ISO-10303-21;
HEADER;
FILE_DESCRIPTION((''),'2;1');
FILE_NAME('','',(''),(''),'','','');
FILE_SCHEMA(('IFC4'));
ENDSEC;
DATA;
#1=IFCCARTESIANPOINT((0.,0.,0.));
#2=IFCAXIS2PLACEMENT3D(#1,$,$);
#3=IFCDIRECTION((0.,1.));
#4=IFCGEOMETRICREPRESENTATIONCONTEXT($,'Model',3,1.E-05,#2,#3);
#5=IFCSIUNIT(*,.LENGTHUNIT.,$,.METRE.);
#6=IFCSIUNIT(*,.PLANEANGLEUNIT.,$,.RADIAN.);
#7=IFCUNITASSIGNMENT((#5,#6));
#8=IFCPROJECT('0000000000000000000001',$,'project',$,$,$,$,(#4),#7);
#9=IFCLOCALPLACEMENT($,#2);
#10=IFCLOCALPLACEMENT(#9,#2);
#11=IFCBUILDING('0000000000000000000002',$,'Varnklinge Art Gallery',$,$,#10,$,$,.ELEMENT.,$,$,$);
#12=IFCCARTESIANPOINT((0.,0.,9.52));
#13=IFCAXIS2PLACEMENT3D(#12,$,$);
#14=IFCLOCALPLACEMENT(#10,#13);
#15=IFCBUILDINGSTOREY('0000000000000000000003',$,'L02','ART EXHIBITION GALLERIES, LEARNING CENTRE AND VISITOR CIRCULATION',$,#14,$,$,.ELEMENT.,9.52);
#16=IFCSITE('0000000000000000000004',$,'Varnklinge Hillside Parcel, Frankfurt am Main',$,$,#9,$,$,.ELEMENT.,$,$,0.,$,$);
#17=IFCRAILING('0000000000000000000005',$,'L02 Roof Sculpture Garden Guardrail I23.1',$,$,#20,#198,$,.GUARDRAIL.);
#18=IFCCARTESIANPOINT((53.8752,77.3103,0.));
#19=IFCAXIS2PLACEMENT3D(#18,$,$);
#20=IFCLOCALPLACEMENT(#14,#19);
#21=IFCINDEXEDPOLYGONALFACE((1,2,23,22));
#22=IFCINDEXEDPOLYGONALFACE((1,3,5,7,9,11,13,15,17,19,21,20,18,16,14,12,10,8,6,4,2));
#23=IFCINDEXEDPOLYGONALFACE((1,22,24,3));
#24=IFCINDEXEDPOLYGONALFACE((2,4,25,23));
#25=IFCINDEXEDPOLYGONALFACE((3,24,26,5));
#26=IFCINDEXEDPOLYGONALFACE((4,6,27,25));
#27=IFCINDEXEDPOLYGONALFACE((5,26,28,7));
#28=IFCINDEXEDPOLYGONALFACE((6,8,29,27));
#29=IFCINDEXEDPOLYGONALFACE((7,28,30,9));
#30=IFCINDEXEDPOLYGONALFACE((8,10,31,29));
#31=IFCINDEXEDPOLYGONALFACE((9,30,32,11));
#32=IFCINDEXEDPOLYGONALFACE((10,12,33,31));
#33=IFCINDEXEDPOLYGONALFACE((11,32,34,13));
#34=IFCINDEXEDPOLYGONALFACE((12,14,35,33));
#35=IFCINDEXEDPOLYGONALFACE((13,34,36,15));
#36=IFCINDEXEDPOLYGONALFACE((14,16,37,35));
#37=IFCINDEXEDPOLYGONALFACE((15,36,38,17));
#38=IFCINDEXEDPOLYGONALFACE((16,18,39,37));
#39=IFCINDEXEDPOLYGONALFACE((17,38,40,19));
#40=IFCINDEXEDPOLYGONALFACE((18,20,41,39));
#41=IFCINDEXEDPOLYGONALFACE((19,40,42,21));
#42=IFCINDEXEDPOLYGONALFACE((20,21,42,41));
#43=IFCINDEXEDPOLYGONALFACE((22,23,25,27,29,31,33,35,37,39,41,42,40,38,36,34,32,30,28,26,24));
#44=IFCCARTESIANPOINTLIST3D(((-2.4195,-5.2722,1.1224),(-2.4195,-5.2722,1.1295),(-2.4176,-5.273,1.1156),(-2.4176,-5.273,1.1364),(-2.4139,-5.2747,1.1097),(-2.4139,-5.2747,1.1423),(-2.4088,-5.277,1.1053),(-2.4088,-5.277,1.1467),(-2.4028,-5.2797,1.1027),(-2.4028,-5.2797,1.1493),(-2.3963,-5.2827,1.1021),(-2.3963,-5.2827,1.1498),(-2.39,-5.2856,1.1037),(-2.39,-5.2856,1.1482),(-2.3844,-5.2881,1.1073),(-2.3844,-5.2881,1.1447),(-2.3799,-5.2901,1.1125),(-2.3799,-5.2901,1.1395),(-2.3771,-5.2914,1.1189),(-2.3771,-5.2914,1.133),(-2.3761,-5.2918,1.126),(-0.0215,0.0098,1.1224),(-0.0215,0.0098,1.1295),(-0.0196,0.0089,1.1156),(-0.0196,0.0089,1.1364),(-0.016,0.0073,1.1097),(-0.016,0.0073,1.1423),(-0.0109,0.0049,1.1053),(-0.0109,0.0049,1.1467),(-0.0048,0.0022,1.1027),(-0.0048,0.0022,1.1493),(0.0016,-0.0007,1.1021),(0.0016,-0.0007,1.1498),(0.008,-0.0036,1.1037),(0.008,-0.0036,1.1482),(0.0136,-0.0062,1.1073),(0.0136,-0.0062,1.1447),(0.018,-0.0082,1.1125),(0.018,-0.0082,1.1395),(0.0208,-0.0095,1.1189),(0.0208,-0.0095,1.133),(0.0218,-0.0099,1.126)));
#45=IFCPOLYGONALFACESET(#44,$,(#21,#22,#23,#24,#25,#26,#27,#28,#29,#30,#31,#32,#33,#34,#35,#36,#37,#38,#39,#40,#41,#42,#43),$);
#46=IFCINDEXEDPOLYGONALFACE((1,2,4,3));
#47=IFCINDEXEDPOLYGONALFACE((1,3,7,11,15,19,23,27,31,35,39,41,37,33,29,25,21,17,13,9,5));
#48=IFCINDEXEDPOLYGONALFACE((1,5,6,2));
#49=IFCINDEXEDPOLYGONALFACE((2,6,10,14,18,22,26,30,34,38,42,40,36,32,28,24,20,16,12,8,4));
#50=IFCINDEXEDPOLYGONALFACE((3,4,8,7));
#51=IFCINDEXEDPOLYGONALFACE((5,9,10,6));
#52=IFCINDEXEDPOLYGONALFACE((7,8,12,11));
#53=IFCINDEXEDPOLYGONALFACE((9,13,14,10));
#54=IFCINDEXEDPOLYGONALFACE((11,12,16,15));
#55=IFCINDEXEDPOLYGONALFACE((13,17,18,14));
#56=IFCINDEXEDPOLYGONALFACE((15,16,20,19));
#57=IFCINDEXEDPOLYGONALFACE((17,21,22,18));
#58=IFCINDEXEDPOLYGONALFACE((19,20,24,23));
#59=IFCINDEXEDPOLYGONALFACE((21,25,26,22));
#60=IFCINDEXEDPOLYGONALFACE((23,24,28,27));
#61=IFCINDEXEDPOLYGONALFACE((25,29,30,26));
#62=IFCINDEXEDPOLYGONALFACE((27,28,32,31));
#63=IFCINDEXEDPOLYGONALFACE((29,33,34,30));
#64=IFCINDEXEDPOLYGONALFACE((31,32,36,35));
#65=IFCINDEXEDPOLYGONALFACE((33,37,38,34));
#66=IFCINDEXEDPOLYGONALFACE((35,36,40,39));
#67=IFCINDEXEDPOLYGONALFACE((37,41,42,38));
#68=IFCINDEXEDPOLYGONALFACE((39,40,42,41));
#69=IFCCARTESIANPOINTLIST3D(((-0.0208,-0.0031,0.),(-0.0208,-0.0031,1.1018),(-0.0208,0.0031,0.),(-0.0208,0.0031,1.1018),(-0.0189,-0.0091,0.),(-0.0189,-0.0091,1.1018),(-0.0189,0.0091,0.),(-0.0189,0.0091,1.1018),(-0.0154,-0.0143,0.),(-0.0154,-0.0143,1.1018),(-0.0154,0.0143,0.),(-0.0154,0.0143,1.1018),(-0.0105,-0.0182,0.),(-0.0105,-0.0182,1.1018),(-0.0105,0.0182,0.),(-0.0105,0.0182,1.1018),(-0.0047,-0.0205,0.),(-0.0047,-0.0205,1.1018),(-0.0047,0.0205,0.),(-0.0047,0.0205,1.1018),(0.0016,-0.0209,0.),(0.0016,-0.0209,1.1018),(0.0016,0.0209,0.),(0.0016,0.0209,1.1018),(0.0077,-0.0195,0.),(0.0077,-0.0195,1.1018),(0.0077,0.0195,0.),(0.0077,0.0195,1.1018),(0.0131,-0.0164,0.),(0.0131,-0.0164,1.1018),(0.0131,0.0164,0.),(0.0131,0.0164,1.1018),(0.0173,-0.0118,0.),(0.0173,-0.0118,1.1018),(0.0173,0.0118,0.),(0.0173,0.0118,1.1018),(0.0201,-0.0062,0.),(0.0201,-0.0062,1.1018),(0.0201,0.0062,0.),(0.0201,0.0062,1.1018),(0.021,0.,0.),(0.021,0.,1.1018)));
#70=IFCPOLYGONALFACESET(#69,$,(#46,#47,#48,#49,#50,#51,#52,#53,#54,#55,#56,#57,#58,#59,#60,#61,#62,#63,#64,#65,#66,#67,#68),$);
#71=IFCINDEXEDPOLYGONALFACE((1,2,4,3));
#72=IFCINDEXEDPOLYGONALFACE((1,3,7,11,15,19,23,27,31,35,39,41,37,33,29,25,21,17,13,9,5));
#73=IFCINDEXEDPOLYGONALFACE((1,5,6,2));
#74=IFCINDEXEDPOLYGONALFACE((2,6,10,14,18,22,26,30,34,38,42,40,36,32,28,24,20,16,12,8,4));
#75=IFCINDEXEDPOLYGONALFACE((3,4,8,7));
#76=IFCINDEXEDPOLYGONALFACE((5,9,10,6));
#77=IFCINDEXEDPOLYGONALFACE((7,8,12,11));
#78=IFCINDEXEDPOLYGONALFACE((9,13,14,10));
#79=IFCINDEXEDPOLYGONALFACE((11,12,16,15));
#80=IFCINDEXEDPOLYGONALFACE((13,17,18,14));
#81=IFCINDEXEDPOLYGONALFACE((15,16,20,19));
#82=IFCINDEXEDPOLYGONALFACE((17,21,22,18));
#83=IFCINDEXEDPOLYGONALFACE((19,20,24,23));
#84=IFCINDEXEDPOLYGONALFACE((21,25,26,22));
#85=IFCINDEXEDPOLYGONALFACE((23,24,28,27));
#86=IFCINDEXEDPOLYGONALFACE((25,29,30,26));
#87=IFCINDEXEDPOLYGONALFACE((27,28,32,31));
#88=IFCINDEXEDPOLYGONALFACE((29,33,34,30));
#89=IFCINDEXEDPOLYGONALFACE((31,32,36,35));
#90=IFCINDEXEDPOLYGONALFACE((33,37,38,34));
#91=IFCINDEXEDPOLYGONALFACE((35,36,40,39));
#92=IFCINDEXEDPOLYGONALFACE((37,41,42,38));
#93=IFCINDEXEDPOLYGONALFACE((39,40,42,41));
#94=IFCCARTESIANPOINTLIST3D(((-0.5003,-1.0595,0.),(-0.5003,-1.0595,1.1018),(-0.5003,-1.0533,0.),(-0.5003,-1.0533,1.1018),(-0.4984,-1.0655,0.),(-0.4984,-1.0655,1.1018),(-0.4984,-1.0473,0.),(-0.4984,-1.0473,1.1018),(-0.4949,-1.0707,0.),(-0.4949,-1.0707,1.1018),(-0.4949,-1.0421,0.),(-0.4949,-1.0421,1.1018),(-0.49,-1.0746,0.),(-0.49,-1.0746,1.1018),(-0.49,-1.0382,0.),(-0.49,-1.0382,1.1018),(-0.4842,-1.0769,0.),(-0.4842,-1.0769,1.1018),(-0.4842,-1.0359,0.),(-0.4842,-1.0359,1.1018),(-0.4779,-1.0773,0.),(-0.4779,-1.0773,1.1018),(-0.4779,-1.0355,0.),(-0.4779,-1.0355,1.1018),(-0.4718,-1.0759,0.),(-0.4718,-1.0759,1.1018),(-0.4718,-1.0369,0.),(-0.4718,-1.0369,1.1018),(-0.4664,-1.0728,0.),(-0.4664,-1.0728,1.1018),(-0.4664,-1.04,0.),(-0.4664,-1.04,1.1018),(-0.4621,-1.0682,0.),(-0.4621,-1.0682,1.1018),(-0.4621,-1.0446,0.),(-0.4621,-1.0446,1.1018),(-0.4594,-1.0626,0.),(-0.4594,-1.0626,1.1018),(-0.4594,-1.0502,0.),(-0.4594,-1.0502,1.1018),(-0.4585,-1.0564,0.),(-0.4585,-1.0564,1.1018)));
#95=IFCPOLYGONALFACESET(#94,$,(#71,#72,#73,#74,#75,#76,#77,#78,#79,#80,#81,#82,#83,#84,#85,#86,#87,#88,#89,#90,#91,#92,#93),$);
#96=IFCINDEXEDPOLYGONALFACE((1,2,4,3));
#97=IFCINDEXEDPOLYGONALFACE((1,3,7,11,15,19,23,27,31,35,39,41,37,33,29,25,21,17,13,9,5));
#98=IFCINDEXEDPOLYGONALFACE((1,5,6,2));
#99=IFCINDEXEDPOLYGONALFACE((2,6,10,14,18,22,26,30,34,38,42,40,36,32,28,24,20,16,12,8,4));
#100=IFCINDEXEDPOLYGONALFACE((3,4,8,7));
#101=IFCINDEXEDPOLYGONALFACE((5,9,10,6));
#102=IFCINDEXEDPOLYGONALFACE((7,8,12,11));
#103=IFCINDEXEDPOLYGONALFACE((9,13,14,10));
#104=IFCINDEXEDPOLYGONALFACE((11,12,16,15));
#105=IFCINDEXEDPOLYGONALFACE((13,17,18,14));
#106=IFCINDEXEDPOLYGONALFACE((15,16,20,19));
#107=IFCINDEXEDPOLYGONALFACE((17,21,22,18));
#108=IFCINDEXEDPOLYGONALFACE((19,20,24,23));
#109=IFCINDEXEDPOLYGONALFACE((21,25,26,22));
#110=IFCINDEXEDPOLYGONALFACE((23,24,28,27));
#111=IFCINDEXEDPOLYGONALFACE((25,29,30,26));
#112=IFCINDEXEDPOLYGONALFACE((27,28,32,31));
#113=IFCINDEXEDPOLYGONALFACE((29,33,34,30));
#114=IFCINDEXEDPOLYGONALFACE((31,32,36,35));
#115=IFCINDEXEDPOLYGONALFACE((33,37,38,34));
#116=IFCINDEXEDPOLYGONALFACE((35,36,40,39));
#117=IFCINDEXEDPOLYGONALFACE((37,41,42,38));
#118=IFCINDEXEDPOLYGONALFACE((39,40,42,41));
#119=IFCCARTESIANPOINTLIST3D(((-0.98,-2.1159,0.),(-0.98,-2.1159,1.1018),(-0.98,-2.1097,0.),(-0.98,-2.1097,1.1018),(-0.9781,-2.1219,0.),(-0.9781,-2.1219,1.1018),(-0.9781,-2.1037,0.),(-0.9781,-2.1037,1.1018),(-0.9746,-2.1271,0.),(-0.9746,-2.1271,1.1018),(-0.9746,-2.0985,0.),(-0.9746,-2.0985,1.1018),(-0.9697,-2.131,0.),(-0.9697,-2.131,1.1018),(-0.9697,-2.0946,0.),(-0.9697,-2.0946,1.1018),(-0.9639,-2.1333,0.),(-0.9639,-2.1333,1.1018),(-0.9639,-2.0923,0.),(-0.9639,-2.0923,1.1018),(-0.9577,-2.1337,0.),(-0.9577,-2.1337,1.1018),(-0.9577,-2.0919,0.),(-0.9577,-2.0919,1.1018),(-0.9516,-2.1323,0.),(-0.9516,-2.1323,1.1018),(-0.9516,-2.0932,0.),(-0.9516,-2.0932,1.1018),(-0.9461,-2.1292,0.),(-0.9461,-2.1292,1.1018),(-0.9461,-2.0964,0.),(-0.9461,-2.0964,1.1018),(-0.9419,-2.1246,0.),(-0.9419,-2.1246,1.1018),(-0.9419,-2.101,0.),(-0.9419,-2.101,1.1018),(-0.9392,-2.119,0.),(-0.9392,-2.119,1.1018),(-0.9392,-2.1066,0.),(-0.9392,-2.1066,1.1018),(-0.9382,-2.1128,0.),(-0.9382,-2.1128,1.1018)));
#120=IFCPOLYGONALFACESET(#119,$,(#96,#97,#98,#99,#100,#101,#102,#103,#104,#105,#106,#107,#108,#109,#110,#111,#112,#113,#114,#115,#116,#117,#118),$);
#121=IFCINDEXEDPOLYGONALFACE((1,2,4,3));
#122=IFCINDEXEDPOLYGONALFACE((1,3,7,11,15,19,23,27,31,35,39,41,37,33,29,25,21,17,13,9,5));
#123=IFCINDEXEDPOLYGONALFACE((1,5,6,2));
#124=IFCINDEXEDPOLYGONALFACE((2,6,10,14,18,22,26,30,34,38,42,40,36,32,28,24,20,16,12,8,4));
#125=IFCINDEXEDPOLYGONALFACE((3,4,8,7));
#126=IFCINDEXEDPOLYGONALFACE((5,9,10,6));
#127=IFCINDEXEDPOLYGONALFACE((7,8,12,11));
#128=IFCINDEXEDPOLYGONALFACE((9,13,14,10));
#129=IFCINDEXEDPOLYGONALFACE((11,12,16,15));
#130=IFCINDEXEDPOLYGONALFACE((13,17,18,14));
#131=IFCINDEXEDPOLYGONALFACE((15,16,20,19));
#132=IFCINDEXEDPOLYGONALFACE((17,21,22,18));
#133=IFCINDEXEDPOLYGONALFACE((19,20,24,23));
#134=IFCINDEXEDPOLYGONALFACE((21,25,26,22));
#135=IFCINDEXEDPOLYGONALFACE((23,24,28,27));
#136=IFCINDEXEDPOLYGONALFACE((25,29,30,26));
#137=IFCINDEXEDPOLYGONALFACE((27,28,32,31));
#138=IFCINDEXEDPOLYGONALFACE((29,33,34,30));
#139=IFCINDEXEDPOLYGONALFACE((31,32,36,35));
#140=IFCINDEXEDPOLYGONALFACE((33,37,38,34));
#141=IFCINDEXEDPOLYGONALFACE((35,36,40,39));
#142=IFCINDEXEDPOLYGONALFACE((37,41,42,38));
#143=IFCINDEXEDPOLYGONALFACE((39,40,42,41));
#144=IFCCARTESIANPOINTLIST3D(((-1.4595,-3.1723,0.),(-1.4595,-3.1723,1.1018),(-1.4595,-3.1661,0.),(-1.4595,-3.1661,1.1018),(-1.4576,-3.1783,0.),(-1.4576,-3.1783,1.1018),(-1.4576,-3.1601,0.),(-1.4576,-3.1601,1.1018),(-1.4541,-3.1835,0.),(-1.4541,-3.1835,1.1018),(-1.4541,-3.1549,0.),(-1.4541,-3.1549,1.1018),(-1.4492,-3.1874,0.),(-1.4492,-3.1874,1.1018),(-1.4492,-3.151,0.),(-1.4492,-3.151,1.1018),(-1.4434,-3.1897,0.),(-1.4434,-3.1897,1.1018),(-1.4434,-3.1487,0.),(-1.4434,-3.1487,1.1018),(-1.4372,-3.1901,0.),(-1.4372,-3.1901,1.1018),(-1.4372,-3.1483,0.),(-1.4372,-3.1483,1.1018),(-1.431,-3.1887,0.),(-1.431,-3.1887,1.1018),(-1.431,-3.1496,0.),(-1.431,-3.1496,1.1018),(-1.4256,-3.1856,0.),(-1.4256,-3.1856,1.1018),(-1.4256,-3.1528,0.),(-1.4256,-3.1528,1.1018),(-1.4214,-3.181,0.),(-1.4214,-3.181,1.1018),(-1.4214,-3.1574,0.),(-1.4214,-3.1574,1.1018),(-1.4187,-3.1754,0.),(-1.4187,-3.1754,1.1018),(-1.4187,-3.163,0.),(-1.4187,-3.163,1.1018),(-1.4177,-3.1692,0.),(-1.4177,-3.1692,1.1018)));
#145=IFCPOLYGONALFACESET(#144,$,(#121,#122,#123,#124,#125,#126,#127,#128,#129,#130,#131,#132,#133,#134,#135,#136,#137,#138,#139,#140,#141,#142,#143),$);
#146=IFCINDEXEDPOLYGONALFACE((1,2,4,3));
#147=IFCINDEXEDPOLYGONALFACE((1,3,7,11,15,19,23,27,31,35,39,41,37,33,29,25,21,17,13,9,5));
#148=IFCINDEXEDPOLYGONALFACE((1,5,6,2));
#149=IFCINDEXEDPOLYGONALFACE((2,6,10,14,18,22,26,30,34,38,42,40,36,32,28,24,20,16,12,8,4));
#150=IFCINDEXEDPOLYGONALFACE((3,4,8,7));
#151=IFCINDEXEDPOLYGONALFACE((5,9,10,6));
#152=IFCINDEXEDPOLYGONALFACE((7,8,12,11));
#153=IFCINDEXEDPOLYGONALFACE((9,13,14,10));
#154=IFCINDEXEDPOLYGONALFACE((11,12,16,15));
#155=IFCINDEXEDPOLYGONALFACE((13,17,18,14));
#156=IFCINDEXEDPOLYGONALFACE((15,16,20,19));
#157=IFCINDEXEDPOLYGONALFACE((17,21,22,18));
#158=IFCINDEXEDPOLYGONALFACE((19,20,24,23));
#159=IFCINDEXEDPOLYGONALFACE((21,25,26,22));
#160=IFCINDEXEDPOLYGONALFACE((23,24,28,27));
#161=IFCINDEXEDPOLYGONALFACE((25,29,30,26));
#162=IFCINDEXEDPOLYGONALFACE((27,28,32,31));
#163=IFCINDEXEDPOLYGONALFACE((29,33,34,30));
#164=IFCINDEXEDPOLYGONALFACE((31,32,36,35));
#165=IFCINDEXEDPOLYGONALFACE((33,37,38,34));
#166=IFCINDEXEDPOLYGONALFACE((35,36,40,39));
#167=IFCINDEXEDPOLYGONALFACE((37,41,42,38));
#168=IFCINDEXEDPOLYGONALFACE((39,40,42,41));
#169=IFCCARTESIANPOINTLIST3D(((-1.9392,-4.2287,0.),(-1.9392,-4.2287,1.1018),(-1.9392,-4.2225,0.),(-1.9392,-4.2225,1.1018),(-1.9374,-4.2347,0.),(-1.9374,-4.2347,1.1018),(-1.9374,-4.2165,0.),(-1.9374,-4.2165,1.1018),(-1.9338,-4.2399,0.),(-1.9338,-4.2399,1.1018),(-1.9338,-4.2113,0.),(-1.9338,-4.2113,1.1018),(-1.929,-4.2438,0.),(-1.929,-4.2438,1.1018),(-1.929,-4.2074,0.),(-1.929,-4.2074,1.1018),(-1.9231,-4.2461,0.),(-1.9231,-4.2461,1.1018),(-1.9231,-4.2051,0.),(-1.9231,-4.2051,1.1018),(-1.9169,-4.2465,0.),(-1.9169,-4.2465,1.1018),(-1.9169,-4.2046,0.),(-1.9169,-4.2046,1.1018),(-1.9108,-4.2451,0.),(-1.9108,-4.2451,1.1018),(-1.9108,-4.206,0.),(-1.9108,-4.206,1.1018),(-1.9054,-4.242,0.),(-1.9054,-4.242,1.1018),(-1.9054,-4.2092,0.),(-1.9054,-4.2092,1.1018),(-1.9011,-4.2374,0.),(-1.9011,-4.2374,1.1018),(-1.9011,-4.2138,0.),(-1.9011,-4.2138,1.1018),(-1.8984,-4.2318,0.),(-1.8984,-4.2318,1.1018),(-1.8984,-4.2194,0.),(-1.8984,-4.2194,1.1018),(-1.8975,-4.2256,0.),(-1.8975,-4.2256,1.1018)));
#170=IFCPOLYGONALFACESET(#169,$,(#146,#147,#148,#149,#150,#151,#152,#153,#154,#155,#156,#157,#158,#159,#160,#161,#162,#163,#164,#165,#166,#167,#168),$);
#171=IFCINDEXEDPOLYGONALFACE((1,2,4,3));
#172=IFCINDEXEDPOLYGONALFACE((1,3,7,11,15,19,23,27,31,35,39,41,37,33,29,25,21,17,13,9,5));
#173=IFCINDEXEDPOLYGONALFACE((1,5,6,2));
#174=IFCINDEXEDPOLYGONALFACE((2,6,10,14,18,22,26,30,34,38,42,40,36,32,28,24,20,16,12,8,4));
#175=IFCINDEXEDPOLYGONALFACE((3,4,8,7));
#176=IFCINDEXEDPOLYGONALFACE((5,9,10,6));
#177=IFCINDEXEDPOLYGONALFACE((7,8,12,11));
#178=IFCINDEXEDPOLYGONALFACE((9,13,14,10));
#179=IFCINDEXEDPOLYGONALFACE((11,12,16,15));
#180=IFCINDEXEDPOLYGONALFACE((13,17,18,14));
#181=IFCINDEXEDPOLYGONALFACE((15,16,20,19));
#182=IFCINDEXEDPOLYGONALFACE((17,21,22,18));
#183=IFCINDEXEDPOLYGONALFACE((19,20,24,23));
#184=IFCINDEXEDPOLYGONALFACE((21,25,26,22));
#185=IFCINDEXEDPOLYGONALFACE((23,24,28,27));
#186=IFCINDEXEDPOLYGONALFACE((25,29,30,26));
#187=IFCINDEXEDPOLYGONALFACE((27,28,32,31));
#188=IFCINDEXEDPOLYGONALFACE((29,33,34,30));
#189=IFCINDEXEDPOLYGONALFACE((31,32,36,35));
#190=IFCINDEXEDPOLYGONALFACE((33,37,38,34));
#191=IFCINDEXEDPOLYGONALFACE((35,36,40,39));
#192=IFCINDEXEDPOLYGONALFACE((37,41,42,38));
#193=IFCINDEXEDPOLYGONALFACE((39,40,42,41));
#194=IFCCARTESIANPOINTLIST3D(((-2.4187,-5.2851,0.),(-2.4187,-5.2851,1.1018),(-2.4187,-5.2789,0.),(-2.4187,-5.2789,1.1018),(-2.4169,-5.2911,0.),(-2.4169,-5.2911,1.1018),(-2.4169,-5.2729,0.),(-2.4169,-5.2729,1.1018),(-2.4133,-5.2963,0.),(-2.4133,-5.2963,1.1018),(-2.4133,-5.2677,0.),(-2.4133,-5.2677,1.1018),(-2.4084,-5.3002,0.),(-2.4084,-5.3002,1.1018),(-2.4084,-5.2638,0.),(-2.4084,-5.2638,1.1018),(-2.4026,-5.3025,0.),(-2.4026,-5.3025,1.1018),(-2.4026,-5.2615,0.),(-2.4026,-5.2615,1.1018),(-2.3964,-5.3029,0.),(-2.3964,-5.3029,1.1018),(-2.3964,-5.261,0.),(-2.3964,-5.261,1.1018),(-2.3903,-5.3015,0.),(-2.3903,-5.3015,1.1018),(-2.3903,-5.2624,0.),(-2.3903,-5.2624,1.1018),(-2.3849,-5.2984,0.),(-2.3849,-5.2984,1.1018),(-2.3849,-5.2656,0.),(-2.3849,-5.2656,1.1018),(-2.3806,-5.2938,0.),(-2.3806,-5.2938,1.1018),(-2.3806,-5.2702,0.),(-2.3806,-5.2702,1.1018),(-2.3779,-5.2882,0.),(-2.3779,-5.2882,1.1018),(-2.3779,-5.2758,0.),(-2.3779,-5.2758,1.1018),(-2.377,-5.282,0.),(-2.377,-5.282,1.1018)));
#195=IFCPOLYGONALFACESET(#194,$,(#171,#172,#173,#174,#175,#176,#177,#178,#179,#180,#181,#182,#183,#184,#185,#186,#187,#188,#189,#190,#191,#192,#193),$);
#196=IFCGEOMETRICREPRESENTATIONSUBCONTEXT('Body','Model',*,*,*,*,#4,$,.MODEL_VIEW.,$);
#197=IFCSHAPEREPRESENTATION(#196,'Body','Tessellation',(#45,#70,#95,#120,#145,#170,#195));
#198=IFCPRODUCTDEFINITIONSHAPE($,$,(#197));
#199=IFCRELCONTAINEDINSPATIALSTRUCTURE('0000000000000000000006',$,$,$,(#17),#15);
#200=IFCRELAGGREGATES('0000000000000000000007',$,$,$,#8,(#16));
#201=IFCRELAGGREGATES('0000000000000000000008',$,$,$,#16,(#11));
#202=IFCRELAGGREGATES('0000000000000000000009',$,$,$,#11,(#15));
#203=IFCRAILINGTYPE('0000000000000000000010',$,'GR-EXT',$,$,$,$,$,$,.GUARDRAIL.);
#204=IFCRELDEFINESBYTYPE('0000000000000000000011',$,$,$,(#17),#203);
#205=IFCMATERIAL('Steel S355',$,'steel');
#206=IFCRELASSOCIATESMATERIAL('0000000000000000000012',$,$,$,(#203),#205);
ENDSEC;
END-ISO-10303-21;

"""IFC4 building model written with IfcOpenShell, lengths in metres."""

from ifc_helpers import new_model, si_unit, direction, frame, origin, origin_2d, place, context, subcontext, project, spatial, circle, extrude, material, type_object, element, save


model = new_model("IFC4")

# Units and contexts
model_context = context("Model", 3, precision=1e-05, world=origin(), true_north=direction((0.0, 1.0)))
body_context = subcontext(model_context, "Body", "Model", "MODEL_VIEW")
ifc_project = project(units=[si_unit("LENGTHUNIT", "METRE"), si_unit("PLANEANGLEUNIT", "RADIAN")], contexts=[model_context])

# Site, building, storey
site_placement = place(None, origin())
site = spatial("IfcSite", under=ifc_project, at=site_placement, Name="Varnklinge Hillside Parcel, Frankfurt am Main", CompositionType="ELEMENT", RefElevation=0.0)
building_placement = place(site_placement, origin())
building = spatial("IfcBuilding", under=site, at=building_placement, Name="Varnklinge Art Gallery", CompositionType="ELEMENT")
storey_placement = place(building_placement, frame((0.0, 0.0, 9.52)))
storey = spatial("IfcBuildingStorey", under=building, at=storey_placement, Name="L02", Description="ART EXHIBITION GALLERIES, LEARNING CENTRE AND VISITOR CIRCULATION", CompositionType="ELEMENT", Elevation=9.52)

# Railing
ifc_material_1 = material(Name="Steel S355", Category="steel")
railing_type = type_object("IfcRailingType", Name="GR-EXT", PredefinedType="GUARDRAIL", material=ifc_material_1)
railing_placement = place(storey_placement, frame((53.8752, 77.3103, 0.0)))
element("IfcRailing", 1, at=railing_placement, inside=storey, type_object=railing_type, Name="L02 Roof Sculpture Garden Guardrail I23.1", PredefinedType="GUARDRAIL", context=body_context, shape_type="SweptSolid", body=[
    extrude(circle(Radius=0.0239, at=origin_2d()), frame((0.0, 0.0, 1.126), z_axis=(-0.413381, -0.910558, 0.0), x_axis=(0.910558, -0.413381, 0.0)), (0.0, 0.0, 1.0), 5.8008),
    extrude(circle(Radius=0.021, at=origin_2d()), origin(), (0.0, 0.0, 1.0), 1.1018),
    extrude(circle(Radius=0.021, at=origin_2d()), frame((-0.4795, -1.0564, 0.0)), (0.0, 0.0, 1.0), 1.1018),
    extrude(circle(Radius=0.021, at=origin_2d()), frame((-0.9592, -2.1128, 0.0)), (0.0, 0.0, 1.0), 1.1018),
    extrude(circle(Radius=0.021, at=origin_2d()), frame((-1.4387, -3.1692, 0.0)), (0.0, 0.0, 1.0), 1.1018),
    extrude(circle(Radius=0.021, at=origin_2d()), frame((-1.9185, -4.2256, 0.0)), (0.0, 0.0, 1.0), 1.1018),
    extrude(circle(Radius=0.021, at=origin_2d()), frame((-2.3979, -5.282, 0.0)), (0.0, 0.0, 1.0), 1.1018),
])

save(model, "model.ifc")
